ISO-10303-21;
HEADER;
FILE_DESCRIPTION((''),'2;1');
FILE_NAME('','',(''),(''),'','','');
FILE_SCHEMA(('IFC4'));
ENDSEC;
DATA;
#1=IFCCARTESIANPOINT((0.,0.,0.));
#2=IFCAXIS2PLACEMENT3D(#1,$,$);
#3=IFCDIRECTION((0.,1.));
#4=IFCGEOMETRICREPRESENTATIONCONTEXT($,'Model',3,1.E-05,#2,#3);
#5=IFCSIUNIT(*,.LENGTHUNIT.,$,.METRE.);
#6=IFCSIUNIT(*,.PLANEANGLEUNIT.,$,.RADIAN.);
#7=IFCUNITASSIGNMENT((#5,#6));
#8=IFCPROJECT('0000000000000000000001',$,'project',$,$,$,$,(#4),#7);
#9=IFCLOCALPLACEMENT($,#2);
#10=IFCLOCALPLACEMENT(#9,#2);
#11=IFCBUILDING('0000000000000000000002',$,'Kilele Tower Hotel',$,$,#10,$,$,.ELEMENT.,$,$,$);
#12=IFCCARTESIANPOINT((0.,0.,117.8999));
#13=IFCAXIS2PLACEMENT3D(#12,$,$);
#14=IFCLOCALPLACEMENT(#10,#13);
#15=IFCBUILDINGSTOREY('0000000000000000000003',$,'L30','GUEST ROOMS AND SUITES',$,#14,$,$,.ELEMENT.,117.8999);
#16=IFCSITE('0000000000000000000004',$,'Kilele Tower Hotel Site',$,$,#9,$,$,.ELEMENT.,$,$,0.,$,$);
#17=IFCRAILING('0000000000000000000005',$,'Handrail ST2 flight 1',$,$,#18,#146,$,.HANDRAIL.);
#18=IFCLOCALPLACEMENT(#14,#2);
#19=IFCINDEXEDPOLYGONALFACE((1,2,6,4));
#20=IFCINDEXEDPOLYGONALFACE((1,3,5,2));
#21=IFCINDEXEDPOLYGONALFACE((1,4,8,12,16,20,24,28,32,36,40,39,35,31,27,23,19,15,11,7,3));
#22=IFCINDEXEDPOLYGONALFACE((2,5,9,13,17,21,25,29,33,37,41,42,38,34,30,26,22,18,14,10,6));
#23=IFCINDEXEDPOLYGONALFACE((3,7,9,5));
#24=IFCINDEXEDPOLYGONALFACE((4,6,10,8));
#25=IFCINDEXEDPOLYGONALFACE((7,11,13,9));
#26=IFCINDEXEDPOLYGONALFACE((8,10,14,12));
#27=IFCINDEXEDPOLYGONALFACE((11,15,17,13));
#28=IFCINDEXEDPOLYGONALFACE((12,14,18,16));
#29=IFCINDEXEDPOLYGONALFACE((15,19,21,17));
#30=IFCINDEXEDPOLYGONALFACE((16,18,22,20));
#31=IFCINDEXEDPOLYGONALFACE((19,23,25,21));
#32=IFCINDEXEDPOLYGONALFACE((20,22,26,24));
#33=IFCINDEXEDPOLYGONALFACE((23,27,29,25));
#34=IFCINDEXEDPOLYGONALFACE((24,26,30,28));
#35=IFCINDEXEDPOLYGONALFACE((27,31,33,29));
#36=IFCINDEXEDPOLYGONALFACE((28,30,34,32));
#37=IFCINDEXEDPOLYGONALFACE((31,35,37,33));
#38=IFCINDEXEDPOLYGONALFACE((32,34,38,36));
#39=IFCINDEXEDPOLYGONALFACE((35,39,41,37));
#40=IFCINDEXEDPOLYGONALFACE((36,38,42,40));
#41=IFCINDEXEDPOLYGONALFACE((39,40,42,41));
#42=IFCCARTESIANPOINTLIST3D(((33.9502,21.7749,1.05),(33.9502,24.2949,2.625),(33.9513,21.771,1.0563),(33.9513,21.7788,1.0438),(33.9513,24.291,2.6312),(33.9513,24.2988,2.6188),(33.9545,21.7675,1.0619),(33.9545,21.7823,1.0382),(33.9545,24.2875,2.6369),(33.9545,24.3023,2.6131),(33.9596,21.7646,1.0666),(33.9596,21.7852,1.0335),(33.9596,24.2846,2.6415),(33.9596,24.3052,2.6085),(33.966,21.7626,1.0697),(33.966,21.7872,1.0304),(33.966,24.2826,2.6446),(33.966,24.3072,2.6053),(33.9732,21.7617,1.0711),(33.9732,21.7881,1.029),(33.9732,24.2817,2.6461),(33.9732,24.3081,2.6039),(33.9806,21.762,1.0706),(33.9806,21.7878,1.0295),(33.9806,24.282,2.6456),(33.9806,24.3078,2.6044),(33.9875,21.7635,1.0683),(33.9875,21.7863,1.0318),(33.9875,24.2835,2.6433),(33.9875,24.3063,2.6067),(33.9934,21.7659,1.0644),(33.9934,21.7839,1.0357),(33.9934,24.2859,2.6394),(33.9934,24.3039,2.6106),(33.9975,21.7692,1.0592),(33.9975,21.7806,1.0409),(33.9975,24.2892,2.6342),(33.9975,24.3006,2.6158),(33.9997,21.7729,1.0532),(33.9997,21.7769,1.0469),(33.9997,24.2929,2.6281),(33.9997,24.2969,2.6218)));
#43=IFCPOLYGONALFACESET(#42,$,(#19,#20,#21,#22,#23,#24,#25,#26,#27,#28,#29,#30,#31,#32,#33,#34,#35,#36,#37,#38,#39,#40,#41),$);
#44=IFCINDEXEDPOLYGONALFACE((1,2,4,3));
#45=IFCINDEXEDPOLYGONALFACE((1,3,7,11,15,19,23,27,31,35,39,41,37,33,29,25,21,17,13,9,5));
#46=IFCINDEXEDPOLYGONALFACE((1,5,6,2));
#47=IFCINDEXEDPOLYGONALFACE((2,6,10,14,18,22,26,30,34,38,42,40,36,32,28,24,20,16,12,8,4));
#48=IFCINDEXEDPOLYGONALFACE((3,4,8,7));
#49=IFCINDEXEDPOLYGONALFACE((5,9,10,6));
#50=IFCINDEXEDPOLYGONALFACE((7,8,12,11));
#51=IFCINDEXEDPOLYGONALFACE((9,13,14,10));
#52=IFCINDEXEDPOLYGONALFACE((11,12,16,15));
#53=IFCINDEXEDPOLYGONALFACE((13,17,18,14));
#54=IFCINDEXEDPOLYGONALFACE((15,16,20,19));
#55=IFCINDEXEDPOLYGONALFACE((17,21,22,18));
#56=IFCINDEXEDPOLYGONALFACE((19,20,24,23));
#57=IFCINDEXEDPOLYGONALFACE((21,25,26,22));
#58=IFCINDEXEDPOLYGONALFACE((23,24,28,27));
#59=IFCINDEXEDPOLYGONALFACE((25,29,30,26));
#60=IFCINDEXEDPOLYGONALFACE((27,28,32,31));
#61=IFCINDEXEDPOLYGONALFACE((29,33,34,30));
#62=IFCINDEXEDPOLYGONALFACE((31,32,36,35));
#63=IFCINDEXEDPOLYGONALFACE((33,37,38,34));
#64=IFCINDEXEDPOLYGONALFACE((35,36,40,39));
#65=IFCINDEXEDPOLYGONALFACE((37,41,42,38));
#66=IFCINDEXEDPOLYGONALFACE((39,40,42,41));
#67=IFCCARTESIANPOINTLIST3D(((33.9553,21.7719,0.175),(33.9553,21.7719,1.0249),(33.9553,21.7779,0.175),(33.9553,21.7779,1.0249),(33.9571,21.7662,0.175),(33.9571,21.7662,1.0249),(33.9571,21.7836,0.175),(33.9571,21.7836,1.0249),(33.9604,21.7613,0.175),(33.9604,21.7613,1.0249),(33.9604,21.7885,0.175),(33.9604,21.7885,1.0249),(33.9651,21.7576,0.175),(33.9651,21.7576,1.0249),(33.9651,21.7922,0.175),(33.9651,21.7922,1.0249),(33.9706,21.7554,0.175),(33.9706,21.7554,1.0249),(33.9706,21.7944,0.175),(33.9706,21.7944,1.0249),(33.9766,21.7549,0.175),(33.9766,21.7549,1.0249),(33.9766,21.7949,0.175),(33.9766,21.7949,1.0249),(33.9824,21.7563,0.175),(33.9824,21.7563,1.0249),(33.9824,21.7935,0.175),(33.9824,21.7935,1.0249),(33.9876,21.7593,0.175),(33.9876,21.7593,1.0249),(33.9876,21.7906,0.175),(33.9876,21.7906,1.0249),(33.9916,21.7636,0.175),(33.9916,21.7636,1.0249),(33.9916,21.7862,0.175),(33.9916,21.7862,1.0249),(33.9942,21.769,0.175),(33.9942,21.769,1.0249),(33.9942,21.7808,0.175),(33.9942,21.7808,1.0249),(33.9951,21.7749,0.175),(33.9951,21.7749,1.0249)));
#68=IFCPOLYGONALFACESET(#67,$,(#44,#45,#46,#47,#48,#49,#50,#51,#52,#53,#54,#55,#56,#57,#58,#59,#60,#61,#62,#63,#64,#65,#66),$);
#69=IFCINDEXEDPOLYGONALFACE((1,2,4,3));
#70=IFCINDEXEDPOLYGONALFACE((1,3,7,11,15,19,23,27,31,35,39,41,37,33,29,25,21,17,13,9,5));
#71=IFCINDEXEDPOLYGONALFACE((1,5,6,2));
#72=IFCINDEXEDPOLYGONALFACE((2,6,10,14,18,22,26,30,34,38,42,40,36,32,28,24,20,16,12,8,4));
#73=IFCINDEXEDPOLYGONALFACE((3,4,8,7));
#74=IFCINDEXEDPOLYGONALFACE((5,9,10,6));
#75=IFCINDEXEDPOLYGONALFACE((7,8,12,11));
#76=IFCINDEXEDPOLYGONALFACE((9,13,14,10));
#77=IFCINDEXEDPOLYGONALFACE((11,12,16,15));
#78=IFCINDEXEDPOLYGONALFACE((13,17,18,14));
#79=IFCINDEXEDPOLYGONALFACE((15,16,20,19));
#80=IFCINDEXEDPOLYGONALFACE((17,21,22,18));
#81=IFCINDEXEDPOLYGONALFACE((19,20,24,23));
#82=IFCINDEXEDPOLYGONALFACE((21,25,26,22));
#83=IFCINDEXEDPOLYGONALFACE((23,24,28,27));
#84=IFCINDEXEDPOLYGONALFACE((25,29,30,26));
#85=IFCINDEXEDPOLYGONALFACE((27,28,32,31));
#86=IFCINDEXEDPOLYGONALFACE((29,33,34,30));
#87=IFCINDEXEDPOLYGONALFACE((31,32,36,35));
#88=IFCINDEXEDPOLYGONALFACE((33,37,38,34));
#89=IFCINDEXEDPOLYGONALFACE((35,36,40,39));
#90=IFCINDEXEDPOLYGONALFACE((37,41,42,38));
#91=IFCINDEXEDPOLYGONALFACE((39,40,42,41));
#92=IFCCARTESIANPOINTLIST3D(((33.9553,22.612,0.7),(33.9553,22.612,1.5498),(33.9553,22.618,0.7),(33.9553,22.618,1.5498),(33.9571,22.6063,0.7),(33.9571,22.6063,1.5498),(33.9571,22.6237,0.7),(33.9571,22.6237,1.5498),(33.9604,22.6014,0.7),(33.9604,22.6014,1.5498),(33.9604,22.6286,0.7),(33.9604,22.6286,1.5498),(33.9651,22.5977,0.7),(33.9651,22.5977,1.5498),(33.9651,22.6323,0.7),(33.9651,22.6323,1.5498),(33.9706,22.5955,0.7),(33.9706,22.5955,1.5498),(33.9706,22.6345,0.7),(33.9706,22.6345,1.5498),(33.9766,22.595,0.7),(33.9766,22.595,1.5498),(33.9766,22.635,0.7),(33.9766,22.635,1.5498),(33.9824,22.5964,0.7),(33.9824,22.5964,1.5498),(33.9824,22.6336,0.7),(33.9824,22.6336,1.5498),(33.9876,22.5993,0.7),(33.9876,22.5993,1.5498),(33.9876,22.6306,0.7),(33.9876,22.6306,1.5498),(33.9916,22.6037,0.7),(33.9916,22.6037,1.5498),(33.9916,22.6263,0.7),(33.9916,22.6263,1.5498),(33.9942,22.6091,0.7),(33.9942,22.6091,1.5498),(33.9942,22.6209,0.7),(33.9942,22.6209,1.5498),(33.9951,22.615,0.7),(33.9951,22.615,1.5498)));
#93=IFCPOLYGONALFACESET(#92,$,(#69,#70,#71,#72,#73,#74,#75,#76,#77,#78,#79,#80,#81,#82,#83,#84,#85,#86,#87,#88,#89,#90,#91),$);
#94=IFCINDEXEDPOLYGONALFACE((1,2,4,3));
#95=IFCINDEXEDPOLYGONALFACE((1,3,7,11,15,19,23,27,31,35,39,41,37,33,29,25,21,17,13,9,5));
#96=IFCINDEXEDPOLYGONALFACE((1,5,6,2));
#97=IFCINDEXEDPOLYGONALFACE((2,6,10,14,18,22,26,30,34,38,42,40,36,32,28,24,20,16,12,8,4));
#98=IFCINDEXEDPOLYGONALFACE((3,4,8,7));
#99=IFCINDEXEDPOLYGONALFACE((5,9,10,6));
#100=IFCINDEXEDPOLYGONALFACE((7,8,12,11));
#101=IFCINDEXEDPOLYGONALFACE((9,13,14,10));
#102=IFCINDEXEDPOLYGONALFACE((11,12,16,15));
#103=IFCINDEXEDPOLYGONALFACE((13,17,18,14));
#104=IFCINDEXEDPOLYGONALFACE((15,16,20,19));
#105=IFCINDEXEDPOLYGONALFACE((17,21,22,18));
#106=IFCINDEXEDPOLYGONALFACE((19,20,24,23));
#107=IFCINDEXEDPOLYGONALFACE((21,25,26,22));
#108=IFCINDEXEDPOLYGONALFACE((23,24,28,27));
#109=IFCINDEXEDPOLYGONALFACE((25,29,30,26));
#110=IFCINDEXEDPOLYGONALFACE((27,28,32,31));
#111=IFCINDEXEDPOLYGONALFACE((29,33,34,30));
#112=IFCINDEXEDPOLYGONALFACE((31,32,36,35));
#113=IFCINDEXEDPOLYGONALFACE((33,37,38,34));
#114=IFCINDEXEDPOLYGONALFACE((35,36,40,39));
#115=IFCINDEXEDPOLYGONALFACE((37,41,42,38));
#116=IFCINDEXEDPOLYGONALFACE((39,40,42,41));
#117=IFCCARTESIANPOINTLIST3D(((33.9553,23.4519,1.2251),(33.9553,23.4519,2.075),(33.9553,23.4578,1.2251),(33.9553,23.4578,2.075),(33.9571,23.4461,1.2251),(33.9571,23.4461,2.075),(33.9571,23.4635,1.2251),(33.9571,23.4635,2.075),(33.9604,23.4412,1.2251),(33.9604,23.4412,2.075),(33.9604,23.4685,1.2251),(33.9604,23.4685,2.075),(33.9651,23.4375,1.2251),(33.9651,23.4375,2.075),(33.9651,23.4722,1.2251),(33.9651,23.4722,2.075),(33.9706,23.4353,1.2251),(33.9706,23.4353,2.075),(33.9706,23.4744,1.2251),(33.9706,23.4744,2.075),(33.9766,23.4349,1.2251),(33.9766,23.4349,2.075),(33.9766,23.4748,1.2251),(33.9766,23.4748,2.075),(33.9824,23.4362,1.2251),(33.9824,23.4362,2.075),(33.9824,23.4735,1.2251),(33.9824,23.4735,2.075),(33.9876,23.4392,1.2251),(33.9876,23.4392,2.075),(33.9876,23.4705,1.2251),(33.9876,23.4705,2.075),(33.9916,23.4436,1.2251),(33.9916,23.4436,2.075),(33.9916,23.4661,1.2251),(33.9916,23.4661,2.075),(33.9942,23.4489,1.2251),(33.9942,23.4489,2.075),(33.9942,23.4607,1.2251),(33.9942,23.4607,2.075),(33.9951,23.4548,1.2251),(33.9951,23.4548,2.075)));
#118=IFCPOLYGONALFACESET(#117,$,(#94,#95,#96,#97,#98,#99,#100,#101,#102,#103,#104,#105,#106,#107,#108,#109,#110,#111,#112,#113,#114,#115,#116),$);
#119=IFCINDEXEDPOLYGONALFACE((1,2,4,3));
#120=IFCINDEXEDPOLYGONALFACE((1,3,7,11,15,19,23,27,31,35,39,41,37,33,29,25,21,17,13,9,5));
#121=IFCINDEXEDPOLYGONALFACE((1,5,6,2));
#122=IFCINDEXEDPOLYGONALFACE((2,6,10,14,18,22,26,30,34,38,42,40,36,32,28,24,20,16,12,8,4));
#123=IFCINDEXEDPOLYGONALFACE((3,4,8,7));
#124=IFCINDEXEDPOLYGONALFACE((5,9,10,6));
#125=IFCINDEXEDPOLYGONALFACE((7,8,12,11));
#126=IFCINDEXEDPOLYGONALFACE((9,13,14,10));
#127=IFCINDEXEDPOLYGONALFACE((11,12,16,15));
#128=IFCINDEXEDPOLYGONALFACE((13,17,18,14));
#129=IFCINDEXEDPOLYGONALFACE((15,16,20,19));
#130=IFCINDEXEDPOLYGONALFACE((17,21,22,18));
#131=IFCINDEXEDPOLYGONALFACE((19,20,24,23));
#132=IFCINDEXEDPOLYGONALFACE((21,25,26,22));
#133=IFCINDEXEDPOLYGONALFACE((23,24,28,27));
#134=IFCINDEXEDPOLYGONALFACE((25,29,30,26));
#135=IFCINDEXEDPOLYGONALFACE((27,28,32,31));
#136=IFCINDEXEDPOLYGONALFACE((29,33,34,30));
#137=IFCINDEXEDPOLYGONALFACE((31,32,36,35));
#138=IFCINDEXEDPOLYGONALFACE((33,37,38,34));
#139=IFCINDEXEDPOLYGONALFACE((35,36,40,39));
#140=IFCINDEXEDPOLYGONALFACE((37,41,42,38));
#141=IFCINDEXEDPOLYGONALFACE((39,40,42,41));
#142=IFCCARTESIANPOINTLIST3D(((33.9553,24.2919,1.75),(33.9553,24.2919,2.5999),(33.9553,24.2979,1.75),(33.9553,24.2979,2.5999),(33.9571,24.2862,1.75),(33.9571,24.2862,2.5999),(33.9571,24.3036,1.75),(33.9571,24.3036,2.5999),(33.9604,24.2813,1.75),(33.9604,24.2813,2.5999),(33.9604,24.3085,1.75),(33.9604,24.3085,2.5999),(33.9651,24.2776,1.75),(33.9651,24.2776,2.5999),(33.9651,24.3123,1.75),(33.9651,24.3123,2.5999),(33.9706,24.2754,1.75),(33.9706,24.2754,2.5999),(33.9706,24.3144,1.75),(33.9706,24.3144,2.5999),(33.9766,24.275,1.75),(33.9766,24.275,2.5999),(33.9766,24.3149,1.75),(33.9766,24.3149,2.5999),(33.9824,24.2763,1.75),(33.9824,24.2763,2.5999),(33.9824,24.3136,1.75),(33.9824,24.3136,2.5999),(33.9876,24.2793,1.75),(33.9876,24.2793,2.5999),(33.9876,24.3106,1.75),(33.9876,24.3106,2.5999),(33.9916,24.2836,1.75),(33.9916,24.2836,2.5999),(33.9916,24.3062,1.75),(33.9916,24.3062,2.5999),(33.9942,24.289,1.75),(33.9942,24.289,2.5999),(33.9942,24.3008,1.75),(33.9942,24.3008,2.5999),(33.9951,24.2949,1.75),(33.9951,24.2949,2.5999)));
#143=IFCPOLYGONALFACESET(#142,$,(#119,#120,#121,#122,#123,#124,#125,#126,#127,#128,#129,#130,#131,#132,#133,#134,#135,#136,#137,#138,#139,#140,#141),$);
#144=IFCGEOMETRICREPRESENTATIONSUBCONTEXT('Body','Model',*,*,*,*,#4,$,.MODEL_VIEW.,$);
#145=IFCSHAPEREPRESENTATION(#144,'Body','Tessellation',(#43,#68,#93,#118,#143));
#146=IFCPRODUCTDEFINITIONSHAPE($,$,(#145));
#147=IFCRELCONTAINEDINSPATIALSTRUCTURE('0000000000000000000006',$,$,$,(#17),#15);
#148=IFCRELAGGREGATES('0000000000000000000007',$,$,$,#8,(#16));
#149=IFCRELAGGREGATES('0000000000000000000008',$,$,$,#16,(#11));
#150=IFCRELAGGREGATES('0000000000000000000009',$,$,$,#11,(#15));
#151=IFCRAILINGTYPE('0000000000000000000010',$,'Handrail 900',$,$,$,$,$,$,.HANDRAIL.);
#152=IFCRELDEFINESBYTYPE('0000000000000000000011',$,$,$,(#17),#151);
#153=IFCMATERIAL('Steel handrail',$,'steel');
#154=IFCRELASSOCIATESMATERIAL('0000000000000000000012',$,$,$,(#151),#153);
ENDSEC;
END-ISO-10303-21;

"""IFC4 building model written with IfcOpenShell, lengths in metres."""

from ifc_helpers import new_model, si_unit, direction, frame, origin, origin_2d, place, context, subcontext, project, spatial, circle, extrude, material, type_object, element, save


model = new_model("IFC4")

# Units and contexts
model_context = context("Model", 3, precision=1e-05, world=origin(), true_north=direction((0.0, 1.0)))
body_context = subcontext(model_context, "Body", "Model", "MODEL_VIEW")
ifc_project = project(units=[si_unit("LENGTHUNIT", "METRE"), si_unit("PLANEANGLEUNIT", "RADIAN")], contexts=[model_context])

# Site, building, storey
site_placement = place(None, origin())
site = spatial("IfcSite", under=ifc_project, at=site_placement, Name="Kilele Tower Hotel Site", CompositionType="ELEMENT", RefElevation=0.0)
building_placement = place(site_placement, origin())
building = spatial("IfcBuilding", under=site, at=building_placement, Name="Kilele Tower Hotel", CompositionType="ELEMENT")
storey_placement = place(building_placement, frame((0.0, 0.0, 117.8999)))
storey = spatial("IfcBuildingStorey", under=building, at=storey_placement, Name="L30", Description="GUEST ROOMS AND SUITES", CompositionType="ELEMENT", Elevation=117.8999)

# Railing
ifc_material_1 = material(Name="Steel handrail", Category="steel")
railing_type_1 = type_object("IfcRailingType", Name="Handrail 900", PredefinedType="HANDRAIL", material=ifc_material_1)
for number, where, name in (
    (1, (33.9751, 21.7749, 0.175), "Handrail ST2 flight 1"),
):
    element("IfcRailing", number, at=place(storey_placement, frame(where)), inside=storey, type_object=railing_type_1, Name=name, PredefinedType="HANDRAIL", context=body_context, shape_type="SweptSolid", body=[
        extrude(circle(Radius=0.0249, at=origin_2d()), frame((0.0, 0.0, 0.875), z_axis=(0.0, 0.848008, 0.529984), x_axis=(-1.0, 0.0, 0.0)), (0.0, 0.0, 1.0), 2.9717),
        extrude(circle(Radius=0.02, at=origin_2d()), origin(), (0.0, 0.0, 1.0), 0.8499),
        extrude(circle(Radius=0.02, at=origin_2d()), frame((0.0, 0.8401, 0.5249)), (0.0, 0.0, 1.0), 0.8499),
        extrude(circle(Radius=0.02, at=origin_2d()), frame((0.0, 1.6799, 1.05)), (0.0, 0.0, 1.0), 0.8499),
        extrude(circle(Radius=0.02, at=origin_2d()), frame((0.0, 2.52, 1.575)), (0.0, 0.0, 1.0), 0.8499),
    ])

save(model, "model.ifc")
